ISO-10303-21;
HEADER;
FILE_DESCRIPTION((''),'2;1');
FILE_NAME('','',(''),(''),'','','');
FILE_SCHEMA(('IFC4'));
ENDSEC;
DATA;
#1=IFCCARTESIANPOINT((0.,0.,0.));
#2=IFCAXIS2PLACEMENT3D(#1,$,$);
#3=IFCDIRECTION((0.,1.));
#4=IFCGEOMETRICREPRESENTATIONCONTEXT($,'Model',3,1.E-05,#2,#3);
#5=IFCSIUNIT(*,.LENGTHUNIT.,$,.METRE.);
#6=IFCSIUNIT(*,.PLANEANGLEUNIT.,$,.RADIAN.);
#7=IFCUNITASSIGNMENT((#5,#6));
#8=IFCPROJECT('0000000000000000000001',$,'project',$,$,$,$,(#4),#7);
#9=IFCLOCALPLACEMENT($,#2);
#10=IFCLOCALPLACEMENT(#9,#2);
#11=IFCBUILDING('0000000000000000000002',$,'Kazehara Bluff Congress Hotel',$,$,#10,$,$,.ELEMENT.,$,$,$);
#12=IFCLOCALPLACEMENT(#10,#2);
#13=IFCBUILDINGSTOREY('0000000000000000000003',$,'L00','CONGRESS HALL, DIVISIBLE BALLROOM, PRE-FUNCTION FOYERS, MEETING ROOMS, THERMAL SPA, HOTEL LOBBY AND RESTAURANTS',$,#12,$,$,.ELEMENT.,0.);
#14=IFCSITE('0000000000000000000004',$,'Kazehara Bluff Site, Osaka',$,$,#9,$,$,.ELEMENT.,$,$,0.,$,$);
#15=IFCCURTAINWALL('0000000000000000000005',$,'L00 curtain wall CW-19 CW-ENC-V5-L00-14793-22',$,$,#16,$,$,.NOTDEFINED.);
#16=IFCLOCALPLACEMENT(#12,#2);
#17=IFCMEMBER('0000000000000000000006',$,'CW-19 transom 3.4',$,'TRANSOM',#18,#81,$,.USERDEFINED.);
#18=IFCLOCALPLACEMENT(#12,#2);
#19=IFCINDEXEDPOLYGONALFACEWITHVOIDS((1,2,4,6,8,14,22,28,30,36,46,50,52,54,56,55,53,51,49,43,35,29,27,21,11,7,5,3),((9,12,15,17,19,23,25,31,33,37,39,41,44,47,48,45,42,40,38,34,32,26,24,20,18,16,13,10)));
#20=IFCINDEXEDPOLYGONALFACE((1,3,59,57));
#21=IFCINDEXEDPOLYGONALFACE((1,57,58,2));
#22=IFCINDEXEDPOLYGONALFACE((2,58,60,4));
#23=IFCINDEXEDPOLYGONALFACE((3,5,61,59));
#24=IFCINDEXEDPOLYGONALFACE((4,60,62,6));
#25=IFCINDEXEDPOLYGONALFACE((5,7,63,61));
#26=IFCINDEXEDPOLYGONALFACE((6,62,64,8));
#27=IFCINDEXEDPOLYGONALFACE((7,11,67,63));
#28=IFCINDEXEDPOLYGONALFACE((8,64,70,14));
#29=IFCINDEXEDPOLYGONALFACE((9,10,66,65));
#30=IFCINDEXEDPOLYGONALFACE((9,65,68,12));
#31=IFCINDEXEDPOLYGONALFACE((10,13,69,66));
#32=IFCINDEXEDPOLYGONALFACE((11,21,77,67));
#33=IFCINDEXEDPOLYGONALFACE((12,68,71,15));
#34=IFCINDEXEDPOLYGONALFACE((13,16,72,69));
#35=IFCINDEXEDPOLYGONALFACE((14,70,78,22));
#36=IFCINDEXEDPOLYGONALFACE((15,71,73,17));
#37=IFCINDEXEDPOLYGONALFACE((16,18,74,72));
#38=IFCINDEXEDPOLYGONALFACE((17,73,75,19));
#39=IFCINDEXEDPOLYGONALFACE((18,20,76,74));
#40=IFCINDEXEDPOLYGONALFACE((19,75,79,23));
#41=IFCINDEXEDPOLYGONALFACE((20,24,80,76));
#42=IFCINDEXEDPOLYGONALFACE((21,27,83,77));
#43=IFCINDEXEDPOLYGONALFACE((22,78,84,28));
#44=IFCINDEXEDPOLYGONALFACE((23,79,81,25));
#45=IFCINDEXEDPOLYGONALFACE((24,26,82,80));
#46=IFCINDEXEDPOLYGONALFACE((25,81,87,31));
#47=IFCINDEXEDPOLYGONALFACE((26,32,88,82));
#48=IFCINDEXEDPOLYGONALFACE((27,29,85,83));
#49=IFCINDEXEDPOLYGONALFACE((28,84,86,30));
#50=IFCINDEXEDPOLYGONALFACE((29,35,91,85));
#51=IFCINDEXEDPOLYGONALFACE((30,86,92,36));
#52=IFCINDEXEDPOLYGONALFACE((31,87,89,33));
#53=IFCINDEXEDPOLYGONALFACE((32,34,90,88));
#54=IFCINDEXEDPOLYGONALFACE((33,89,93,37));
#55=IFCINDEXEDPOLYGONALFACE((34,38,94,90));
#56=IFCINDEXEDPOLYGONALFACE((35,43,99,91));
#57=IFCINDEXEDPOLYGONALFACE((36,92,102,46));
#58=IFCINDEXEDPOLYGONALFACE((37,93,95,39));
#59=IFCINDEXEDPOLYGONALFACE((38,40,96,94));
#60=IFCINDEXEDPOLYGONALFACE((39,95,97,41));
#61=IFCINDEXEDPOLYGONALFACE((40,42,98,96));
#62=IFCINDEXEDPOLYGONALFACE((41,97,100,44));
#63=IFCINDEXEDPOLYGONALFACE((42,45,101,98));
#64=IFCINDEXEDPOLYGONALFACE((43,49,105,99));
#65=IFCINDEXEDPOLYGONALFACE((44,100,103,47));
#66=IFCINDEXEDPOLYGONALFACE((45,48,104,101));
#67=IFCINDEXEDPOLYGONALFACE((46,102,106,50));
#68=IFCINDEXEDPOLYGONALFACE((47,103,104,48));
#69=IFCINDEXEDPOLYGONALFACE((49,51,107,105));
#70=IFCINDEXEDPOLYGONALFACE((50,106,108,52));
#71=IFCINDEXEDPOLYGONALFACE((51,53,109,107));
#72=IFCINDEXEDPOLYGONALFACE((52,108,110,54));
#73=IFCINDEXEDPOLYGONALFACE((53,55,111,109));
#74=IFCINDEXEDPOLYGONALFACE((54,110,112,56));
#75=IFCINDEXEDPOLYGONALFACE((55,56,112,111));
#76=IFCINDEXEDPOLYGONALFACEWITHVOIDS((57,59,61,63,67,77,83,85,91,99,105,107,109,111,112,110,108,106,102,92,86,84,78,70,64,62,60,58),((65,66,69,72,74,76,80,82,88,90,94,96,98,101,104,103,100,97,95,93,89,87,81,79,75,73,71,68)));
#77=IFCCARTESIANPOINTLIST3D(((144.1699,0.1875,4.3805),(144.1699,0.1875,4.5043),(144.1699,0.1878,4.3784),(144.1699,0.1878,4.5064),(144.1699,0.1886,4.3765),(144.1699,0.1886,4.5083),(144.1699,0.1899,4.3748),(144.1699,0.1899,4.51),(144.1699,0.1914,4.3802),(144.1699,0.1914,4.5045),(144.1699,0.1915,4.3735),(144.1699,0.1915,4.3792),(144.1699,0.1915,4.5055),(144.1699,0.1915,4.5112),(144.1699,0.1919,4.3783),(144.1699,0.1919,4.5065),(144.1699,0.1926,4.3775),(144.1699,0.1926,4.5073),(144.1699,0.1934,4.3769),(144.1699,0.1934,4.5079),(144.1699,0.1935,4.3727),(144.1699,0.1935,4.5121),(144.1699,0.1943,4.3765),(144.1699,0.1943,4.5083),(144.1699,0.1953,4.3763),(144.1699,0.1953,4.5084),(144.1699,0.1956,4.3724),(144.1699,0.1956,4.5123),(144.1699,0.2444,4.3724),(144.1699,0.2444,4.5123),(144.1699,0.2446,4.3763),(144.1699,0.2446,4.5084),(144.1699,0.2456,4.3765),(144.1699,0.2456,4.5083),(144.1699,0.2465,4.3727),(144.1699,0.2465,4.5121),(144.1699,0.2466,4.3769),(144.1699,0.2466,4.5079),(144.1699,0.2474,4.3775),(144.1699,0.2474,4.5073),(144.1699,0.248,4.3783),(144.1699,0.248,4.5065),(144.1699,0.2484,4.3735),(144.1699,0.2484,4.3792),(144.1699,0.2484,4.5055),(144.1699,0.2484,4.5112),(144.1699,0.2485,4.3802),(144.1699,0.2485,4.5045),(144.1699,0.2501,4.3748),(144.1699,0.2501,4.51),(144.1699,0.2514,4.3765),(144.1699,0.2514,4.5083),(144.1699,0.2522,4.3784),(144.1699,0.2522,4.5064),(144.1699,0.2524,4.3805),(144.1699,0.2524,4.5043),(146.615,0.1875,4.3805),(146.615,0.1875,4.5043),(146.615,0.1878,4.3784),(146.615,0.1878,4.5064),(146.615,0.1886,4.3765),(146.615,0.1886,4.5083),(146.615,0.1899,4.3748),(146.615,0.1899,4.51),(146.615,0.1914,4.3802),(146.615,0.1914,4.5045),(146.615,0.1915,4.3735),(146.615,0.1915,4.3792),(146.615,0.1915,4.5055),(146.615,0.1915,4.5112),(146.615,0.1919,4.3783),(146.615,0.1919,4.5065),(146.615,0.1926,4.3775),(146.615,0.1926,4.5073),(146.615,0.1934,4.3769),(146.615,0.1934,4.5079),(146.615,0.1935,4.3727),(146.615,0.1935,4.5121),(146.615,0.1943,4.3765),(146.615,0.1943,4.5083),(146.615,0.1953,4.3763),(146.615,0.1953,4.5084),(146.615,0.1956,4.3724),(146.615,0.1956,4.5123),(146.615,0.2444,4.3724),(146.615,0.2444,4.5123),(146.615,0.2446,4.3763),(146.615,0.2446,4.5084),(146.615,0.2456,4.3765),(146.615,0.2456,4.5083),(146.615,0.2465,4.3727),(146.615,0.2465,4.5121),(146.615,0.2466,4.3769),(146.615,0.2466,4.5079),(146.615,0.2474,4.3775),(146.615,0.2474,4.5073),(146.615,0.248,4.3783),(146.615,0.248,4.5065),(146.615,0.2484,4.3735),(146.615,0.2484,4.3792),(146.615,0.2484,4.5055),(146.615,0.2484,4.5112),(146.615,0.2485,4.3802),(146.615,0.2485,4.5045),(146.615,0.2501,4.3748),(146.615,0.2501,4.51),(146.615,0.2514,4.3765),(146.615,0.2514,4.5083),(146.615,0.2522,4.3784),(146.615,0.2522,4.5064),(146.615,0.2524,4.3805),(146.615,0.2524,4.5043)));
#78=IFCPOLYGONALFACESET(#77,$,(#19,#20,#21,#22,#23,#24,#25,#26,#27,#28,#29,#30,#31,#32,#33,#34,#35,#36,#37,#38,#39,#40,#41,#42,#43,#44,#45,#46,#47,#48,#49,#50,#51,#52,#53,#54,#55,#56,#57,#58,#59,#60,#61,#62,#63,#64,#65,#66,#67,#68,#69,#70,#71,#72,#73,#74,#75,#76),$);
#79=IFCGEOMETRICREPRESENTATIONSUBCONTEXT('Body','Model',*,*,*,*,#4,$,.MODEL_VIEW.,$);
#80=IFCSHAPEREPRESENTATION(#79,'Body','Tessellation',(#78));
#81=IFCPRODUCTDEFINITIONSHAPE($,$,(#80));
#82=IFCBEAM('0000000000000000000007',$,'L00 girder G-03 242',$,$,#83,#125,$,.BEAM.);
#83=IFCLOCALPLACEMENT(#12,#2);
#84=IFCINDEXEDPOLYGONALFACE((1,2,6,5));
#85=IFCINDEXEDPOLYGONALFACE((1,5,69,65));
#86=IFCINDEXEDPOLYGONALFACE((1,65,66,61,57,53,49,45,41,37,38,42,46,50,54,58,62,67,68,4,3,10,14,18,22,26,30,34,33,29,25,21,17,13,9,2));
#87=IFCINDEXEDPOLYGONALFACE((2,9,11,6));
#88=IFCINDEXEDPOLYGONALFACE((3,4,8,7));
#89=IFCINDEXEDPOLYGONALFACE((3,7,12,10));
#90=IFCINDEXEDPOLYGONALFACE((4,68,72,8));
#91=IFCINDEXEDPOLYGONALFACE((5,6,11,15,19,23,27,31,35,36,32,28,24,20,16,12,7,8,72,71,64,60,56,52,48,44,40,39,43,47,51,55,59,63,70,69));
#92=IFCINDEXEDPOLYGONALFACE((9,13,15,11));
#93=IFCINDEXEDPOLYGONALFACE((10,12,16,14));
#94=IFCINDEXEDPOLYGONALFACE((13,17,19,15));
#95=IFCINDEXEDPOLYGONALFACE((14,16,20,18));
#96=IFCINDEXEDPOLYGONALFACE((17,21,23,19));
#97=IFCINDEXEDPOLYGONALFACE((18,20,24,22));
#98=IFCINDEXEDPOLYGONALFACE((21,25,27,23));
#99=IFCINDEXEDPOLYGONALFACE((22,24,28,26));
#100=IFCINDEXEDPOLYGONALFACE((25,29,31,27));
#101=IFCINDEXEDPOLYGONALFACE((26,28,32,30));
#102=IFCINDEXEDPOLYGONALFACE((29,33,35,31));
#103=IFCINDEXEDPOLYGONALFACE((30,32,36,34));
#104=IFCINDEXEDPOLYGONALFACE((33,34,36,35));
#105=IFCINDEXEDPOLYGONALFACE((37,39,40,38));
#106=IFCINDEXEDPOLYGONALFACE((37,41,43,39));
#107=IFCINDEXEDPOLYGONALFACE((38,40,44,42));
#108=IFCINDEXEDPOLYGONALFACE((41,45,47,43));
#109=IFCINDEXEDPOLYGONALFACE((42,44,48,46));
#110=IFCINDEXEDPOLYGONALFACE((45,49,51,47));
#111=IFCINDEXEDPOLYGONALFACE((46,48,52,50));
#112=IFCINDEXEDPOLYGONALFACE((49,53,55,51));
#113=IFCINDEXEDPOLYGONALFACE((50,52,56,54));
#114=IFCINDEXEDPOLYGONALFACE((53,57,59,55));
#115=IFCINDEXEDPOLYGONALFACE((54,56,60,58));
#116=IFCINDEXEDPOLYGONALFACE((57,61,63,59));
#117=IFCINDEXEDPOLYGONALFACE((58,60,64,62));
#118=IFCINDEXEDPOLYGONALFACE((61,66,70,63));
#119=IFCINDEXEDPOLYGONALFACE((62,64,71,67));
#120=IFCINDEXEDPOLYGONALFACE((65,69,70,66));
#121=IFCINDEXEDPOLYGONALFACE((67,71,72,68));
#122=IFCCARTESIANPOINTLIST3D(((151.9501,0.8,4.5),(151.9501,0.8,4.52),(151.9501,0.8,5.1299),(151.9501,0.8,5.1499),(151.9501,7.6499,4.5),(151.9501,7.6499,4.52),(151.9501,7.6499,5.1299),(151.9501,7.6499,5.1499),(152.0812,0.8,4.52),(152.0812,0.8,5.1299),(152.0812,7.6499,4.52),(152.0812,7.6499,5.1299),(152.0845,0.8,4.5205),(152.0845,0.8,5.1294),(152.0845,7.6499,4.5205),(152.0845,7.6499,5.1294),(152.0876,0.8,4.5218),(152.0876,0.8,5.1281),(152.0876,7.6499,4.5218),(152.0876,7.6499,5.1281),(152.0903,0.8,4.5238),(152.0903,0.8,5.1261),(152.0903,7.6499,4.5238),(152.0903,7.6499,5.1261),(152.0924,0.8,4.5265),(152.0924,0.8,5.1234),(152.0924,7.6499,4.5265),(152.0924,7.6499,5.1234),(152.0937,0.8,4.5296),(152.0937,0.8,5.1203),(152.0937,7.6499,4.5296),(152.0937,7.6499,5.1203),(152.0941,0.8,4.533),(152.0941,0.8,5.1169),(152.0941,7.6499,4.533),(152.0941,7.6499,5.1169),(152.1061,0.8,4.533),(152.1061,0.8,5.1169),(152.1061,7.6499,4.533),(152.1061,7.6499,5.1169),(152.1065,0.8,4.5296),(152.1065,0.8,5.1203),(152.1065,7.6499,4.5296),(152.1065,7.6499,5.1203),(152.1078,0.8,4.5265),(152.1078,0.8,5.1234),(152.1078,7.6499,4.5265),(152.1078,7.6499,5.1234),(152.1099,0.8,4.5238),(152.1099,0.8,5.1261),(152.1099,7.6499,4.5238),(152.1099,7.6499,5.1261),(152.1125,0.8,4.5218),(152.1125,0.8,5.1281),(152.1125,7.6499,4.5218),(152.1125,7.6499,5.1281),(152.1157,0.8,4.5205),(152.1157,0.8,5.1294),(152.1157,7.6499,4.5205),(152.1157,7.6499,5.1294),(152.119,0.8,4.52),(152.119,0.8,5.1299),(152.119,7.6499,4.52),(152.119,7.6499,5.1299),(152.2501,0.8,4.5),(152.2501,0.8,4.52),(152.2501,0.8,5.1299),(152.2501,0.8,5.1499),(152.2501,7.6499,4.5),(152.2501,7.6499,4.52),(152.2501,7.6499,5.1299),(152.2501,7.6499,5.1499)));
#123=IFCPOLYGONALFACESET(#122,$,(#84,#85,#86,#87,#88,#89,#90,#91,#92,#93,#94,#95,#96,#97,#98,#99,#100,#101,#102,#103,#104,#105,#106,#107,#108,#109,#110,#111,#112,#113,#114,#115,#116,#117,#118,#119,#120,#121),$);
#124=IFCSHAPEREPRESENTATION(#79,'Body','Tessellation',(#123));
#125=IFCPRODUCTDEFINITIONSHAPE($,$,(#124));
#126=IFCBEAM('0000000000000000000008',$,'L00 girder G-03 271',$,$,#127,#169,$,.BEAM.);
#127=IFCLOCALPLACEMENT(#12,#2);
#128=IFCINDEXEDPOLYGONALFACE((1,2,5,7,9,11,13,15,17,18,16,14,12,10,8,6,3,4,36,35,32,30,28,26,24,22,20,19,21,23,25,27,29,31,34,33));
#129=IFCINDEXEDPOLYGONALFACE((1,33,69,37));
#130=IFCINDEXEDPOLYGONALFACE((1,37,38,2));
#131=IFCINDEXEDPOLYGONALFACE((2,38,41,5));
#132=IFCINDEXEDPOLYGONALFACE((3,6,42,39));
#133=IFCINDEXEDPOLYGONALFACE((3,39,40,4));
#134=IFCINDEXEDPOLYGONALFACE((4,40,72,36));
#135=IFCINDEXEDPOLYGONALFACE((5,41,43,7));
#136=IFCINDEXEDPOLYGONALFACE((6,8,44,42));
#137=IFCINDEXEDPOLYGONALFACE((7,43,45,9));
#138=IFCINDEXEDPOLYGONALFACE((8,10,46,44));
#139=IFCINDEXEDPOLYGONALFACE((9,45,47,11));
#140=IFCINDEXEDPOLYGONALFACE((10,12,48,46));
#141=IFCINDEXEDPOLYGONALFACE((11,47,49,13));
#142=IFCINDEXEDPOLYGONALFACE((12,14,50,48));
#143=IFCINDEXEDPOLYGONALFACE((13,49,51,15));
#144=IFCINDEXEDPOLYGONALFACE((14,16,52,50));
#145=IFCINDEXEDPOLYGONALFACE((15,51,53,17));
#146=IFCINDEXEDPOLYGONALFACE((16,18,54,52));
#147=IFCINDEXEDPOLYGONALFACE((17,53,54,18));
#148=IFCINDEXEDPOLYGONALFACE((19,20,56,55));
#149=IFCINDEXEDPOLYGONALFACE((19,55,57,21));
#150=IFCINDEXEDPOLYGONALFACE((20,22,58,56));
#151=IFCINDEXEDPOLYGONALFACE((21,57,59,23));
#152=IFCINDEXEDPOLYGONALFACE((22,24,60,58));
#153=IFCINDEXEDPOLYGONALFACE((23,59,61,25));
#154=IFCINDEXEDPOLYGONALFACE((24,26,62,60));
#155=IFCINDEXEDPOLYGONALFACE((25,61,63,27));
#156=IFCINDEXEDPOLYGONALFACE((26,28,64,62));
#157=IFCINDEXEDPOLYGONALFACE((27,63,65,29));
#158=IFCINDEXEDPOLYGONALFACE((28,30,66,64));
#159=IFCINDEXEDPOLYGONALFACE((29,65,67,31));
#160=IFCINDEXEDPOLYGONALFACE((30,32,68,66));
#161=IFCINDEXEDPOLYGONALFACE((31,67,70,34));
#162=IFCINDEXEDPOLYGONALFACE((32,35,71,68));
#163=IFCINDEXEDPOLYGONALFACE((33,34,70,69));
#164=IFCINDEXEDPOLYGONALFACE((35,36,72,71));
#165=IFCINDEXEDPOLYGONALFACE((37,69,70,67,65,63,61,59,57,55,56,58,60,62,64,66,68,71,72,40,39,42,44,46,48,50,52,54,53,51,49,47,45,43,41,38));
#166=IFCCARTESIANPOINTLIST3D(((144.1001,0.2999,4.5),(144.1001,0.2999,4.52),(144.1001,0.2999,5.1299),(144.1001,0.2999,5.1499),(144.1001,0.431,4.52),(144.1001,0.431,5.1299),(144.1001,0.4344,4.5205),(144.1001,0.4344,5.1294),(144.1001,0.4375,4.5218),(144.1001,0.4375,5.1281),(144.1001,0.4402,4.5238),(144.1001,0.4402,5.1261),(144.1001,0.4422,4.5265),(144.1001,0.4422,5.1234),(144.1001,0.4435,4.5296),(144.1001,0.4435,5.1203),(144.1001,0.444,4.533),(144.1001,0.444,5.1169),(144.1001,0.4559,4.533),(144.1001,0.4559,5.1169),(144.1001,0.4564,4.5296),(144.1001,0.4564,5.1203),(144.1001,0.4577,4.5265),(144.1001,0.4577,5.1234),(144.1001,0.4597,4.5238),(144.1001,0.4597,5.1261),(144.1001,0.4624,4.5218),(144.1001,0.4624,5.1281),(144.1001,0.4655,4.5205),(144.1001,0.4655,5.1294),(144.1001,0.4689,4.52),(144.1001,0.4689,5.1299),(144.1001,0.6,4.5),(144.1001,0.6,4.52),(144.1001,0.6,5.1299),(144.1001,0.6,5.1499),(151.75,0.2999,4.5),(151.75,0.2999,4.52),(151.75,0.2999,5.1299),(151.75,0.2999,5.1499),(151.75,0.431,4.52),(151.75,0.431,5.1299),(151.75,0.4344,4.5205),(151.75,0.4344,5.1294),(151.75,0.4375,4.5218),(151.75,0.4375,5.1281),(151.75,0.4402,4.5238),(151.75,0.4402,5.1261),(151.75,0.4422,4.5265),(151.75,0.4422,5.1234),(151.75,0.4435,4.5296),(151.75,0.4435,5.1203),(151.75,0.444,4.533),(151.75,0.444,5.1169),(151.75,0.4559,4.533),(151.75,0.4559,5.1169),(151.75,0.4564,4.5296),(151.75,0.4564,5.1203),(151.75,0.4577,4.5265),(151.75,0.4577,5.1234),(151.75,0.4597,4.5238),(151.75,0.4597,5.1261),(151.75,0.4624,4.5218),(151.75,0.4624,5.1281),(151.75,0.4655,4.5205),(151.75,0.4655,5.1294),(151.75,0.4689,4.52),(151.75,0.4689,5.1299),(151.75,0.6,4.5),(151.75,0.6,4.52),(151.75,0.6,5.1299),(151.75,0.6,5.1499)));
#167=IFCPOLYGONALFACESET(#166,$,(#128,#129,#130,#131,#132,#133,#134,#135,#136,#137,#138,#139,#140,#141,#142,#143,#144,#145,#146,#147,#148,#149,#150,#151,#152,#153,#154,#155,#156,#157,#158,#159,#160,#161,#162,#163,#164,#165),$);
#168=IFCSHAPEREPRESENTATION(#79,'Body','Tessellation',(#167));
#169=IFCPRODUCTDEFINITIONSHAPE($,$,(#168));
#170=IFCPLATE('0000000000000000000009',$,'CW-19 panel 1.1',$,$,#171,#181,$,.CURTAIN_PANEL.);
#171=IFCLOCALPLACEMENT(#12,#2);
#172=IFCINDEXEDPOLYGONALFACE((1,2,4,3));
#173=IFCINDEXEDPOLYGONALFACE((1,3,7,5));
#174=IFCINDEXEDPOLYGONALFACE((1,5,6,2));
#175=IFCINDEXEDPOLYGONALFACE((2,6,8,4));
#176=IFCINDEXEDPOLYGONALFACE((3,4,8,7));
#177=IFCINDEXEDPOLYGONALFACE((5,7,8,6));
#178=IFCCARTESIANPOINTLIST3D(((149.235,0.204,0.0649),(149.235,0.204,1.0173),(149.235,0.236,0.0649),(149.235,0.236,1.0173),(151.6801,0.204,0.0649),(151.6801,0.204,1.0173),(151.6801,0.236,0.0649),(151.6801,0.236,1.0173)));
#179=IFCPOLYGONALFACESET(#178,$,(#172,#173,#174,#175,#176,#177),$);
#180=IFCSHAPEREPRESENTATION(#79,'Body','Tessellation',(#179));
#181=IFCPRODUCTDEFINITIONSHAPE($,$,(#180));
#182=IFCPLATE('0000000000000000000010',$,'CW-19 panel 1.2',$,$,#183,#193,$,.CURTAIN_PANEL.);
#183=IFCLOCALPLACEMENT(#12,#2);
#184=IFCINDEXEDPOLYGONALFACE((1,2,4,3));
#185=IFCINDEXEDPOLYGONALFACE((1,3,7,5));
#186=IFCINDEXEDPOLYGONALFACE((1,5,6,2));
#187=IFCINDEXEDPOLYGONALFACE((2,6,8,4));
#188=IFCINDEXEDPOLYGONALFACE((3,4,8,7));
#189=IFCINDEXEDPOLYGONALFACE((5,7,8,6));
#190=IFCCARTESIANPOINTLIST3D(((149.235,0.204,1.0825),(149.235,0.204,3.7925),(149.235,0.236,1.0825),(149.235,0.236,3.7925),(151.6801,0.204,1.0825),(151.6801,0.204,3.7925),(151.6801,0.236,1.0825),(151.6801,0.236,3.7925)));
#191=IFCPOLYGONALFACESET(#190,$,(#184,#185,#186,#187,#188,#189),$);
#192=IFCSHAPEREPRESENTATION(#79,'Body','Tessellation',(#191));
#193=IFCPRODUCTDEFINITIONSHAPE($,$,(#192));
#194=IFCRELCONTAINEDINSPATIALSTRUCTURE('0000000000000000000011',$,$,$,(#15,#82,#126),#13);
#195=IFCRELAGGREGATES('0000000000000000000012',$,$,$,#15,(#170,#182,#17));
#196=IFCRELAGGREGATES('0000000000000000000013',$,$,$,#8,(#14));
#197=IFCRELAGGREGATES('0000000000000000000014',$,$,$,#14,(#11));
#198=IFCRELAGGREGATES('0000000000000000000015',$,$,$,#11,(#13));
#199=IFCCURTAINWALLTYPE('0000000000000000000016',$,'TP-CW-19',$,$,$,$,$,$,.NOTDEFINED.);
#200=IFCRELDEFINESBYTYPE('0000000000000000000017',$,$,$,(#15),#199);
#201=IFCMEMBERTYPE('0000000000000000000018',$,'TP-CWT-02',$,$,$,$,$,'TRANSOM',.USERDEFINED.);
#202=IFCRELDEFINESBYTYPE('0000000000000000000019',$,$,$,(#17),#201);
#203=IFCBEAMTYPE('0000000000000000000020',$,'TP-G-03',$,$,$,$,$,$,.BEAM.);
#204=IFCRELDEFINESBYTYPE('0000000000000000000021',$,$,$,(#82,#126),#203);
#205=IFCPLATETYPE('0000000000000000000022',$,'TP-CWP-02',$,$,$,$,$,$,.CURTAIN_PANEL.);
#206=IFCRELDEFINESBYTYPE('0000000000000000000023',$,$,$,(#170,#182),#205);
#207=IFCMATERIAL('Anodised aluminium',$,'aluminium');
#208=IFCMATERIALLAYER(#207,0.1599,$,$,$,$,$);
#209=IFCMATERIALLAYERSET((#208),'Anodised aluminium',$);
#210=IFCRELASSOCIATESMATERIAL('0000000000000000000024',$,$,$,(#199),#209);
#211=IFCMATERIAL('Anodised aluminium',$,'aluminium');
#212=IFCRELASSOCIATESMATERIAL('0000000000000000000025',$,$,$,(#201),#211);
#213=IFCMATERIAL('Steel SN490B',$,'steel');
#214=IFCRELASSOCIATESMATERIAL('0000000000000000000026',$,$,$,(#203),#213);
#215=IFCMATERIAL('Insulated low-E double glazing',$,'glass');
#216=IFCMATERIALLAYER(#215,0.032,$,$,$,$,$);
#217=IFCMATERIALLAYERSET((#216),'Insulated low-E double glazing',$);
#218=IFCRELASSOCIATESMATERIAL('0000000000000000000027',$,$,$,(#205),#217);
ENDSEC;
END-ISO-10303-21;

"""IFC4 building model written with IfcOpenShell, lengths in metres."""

from ifc_helpers import new_model, si_unit, direction, frame, origin, origin_2d, place, context, subcontext, project, spatial, rectangle, hollow_rectangle, i_section, extrude, material, layer, layer_set, material_profile, profile_set, type_object, element, aggregate, save


model = new_model("IFC4")

# Units and contexts
model_context = context("Model", 3, precision=1e-05, world=origin(), true_north=direction((0.0, 1.0)))
body_context = subcontext(model_context, "Body", "Model", "MODEL_VIEW")
ifc_project = project(units=[si_unit("LENGTHUNIT", "METRE"), si_unit("PLANEANGLEUNIT", "RADIAN")], contexts=[model_context])

# Site, building, storey
site_placement = place(None, origin())
site = spatial("IfcSite", under=ifc_project, at=site_placement, Name="Kazehara Bluff Site, Osaka", CompositionType="ELEMENT", RefElevation=0.0)
building_placement = place(site_placement, origin())
building = spatial("IfcBuilding", under=site, at=building_placement, Name="Kazehara Bluff Congress Hotel", CompositionType="ELEMENT")
storey_placement = place(building_placement, origin())
storey = spatial("IfcBuildingStorey", under=building, at=storey_placement, Name="L00", Description="CONGRESS HALL, DIVISIBLE BALLROOM, PRE-FUNCTION FOYERS, MEETING ROOMS, THERMAL SPA, HOTEL LOBBY AND RESTAURANTS", CompositionType="ELEMENT", Elevation=0.0)

# Curtain wall, member
ifc_material_1 = material(Name="Anodised aluminium", Category="aluminium")
ifc_layer_1 = layer(ifc_material_1, 0.1599)
ifc_layer_set_1 = layer_set([ifc_layer_1], Name="Anodised aluminium")
curtain_wall_type = type_object("IfcCurtainWallType", Name="TP-CW-19", PredefinedType="NOTDEFINED", material=ifc_layer_set_1)
curtain_wall_placement = place(storey_placement, origin())
curtain_wall = element("IfcCurtainWall", 1, at=curtain_wall_placement, inside=storey, type_object=curtain_wall_type, Name="L00 curtain wall CW-19 CW-ENC-V5-L00-14793-22", PredefinedType="NOTDEFINED")
ifc_material_2 = material(Name="Anodised aluminium", Category="aluminium")
ifc_material_profile_1 = material_profile(ifc_material_2, hollow_rectangle(XDim=0.0649, YDim=0.1399, WallThickness=0.0039, InnerFilletRadius=0.0039, OuterFilletRadius=0.0081, at=origin_2d()))
ifc_profile_set_1 = profile_set([ifc_material_profile_1], Name="Anodised aluminium")
member_type_1 = type_object("IfcMemberType", Name="TP-CWT-02", ElementType="TRANSOM", PredefinedType="USERDEFINED", material=ifc_profile_set_1)
member_1_placement = place(storey_placement, frame((146.615, 0.22, 4.4424), z_axis=(-1.0, 0.0, 0.0), x_axis=(0.0, -1.0, 0.0)))
member_1 = element("IfcMember", 2, at=member_1_placement, type_object=member_type_1, Name="CW-19 transom 3.4", ObjectType="TRANSOM", PredefinedType="USERDEFINED", context=body_context, shape_type="SweptSolid", body=[
    extrude(hollow_rectangle(XDim=0.0649, YDim=0.1399, WallThickness=0.0039, InnerFilletRadius=0.0039, OuterFilletRadius=0.0081, at=origin_2d()), origin(), (0.0, 0.0, 1.0), 2.4451),
])

# Beams
ifc_material_3 = material(Name="Steel SN490B", Category="steel")
ifc_material_profile_2 = material_profile(ifc_material_3, i_section(OverallWidth=0.3, OverallDepth=0.6499, WebThickness=0.012, FlangeThickness=0.02, FilletRadius=0.0129, at=origin_2d()))
ifc_profile_set_2 = profile_set([ifc_material_profile_2], Name="Steel SN490B")
beam_type = type_object("IfcBeamType", Name="TP-G-03", PredefinedType="BEAM", material=ifc_profile_set_2)
beam_1_placement = place(storey_placement, frame((152.1001, 0.8, 4.825), z_axis=(0.0, 1.0, 0.0), x_axis=(-1.0, 0.0, 0.0)))
element("IfcBeam", 3, at=beam_1_placement, inside=storey, type_object=beam_type, Name="L00 girder G-03 242", PredefinedType="BEAM", context=body_context, shape_type="SweptSolid", body=[
    extrude(i_section(OverallWidth=0.3, OverallDepth=0.6499, WebThickness=0.012, FlangeThickness=0.02, FilletRadius=0.0129, at=origin_2d()), origin(), (0.0, 0.0, 1.0), 6.8499),
])
beam_2_placement = place(storey_placement, frame((144.1001, 0.45, 4.825), z_axis=(1.0, 0.0, 0.0), x_axis=(0.0, 1.0, 0.0)))
element("IfcBeam", 4, at=beam_2_placement, inside=storey, type_object=beam_type, Name="L00 girder G-03 271", PredefinedType="BEAM", context=body_context, shape_type="SweptSolid", body=[
    extrude(i_section(OverallWidth=0.3, OverallDepth=0.6499, WebThickness=0.012, FlangeThickness=0.02, FilletRadius=0.0129, at=origin_2d()), origin(), (0.0, 0.0, 1.0), 7.6499),
])

# Plates
ifc_material_4 = material(Name="Insulated low-E double glazing", Category="glass")
ifc_layer_2 = layer(ifc_material_4, 0.032)
ifc_layer_set_2 = layer_set([ifc_layer_2], Name="Insulated low-E double glazing")
plate_type = type_object("IfcPlateType", Name="TP-CWP-02", PredefinedType="CURTAIN_PANEL", material=ifc_layer_set_2)
plate_1_placement = place(storey_placement, frame((150.4575, 0.22, 0.0649), z_axis=(0.0, 0.0, 1.0), x_axis=(-1.0, 0.0, 0.0)))
plate_1 = element("IfcPlate", 5, at=plate_1_placement, type_object=plate_type, Name="CW-19 panel 1.1", PredefinedType="CURTAIN_PANEL", context=body_context, shape_type="SweptSolid", body=[
    extrude(rectangle(XDim=2.4451, YDim=0.032, at=origin_2d()), origin(), (0.0, 0.0, 1.0), 0.9524),
])
plate_2_placement = place(storey_placement, frame((150.4575, 0.22, 1.0825), z_axis=(0.0, 0.0, 1.0), x_axis=(-1.0, 0.0, 0.0)))
plate_2 = element("IfcPlate", 6, at=plate_2_placement, type_object=plate_type, Name="CW-19 panel 1.2", PredefinedType="CURTAIN_PANEL", context=body_context, shape_type="SweptSolid", body=[
    extrude(rectangle(XDim=2.4451, YDim=0.032, at=origin_2d()), origin(), (0.0, 0.0, 1.0), 2.71),
])
aggregate(curtain_wall, [plate_1, plate_2, member_1])

save(model, "model.ifc")
